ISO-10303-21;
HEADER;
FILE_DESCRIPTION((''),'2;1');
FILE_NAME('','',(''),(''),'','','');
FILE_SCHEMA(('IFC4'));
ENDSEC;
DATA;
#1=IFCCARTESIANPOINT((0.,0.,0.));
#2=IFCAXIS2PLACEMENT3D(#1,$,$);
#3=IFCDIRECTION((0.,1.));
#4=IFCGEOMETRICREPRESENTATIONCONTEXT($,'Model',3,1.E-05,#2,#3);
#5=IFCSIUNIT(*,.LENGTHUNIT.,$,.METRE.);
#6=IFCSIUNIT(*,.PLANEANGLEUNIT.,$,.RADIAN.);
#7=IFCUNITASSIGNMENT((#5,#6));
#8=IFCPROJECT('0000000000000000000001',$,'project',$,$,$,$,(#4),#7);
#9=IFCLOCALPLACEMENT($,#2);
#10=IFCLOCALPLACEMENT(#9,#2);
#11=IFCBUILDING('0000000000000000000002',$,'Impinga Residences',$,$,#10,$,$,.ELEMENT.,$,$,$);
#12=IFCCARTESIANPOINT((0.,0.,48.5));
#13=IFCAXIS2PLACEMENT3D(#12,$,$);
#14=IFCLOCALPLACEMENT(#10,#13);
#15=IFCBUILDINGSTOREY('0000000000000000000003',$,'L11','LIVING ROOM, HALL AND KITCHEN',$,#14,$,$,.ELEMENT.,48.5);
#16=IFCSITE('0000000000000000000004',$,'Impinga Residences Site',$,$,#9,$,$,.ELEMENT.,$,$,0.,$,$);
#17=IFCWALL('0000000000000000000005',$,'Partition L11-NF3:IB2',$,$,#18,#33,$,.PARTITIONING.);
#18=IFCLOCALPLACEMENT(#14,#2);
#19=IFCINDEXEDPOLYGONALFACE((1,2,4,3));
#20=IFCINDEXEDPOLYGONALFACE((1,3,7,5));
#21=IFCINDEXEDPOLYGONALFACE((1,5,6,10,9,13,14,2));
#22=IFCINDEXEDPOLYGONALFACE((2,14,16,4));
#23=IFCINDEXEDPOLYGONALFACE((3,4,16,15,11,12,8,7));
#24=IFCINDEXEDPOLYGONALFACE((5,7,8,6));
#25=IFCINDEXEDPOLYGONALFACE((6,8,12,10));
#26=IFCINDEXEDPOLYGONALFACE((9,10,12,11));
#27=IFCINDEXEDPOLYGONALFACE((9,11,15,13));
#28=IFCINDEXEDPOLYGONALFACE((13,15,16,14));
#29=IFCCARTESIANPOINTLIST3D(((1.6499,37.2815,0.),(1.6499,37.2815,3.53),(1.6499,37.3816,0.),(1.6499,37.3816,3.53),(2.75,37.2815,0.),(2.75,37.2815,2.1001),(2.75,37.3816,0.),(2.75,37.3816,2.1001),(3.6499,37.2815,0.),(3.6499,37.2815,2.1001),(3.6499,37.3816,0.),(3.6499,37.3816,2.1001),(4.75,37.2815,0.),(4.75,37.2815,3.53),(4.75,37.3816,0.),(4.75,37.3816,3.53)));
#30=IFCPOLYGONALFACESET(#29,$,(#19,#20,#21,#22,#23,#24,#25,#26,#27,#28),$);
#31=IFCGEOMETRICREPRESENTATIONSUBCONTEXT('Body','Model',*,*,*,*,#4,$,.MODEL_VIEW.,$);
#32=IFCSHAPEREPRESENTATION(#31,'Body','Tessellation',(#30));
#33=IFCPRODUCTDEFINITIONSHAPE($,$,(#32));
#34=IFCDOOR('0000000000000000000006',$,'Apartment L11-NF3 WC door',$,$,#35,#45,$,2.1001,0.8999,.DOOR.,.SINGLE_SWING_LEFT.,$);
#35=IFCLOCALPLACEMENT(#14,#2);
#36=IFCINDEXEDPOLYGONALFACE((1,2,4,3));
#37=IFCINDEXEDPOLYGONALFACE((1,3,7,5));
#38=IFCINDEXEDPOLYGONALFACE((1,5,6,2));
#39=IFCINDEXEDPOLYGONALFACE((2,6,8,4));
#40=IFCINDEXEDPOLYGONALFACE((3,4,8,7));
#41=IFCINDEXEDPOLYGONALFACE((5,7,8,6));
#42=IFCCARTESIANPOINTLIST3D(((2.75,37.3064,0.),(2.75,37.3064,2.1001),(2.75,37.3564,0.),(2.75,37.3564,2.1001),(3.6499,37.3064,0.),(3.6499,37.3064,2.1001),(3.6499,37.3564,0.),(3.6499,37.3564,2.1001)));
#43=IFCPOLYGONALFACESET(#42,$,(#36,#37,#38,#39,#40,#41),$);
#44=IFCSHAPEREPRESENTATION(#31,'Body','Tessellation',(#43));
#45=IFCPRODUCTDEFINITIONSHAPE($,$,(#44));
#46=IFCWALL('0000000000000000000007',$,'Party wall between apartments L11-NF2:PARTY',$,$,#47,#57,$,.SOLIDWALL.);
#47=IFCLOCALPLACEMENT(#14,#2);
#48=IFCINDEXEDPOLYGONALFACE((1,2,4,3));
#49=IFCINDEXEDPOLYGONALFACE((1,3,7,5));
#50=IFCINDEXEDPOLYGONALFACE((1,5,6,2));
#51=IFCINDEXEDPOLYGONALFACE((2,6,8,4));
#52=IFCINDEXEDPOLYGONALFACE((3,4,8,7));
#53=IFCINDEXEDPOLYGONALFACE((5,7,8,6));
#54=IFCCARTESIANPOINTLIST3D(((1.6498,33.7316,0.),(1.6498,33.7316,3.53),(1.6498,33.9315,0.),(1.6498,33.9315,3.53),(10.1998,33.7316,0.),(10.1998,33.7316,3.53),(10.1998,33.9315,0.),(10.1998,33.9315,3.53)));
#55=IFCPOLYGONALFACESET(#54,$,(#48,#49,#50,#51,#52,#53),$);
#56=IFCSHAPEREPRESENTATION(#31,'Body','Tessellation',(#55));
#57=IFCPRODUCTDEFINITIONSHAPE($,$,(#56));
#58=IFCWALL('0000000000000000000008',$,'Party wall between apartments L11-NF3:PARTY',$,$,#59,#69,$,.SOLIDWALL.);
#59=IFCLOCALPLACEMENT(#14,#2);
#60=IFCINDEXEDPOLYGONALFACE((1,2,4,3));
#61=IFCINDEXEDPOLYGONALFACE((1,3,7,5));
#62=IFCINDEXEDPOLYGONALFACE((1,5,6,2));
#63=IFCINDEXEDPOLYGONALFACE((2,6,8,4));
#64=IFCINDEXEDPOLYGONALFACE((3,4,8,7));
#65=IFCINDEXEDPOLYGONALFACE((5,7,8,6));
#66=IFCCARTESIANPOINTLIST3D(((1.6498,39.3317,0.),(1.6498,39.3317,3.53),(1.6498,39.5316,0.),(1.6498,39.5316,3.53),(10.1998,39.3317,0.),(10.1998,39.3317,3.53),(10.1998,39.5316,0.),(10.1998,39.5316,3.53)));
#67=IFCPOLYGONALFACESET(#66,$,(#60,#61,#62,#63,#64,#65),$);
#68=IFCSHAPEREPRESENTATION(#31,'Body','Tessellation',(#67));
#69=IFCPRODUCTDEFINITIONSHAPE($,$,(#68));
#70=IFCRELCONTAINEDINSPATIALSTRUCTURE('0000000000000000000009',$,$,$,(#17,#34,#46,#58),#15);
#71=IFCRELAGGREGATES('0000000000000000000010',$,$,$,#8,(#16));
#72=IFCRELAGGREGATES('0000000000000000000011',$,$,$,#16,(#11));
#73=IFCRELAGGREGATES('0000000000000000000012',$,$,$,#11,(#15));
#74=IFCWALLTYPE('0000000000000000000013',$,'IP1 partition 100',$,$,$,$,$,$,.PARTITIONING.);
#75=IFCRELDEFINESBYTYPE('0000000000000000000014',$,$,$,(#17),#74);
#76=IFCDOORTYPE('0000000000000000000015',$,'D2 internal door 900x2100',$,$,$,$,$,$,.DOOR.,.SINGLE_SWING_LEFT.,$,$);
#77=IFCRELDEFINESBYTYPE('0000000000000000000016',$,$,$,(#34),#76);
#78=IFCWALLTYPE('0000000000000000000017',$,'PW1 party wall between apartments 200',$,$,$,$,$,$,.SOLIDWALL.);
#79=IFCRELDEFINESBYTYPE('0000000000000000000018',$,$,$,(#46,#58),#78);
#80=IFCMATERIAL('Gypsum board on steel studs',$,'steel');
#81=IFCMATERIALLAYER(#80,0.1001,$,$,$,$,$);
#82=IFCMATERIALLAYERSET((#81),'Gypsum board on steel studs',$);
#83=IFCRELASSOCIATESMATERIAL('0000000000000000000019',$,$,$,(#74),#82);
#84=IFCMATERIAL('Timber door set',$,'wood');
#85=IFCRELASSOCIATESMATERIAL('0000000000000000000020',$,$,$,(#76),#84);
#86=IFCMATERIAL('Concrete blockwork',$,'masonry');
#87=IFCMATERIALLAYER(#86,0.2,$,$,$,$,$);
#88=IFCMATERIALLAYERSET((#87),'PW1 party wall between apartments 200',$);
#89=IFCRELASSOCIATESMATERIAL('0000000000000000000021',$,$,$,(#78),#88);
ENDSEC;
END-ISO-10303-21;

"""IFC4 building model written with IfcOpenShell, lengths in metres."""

from ifc_helpers import new_model, si_unit, direction, frame, frame_2d, origin, place, context, subcontext, project, spatial, rectangle, extrude, material, layer, layer_set, type_object, element, fill, save


model = new_model("IFC4")

# Units and contexts
model_context = context("Model", 3, precision=1e-05, world=origin(), true_north=direction((0.0, 1.0)))
body_context = subcontext(model_context, "Body", "Model", "MODEL_VIEW")
ifc_project = project(units=[si_unit("LENGTHUNIT", "METRE"), si_unit("PLANEANGLEUNIT", "RADIAN")], contexts=[model_context])

# Site, building, storey
site_placement = place(None, origin())
site = spatial("IfcSite", under=ifc_project, at=site_placement, Name="Impinga Residences Site", CompositionType="ELEMENT", RefElevation=0.0)
building_placement = place(site_placement, origin())
building = spatial("IfcBuilding", under=site, at=building_placement, Name="Impinga Residences", CompositionType="ELEMENT")
storey_placement = place(building_placement, frame((0.0, 0.0, 48.5)))
storey = spatial("IfcBuildingStorey", under=building, at=storey_placement, Name="L11", Description="LIVING ROOM, HALL AND KITCHEN", CompositionType="ELEMENT", Elevation=48.5)

# Shared definitions
ifc_material_1 = material(Name="Gypsum board on steel studs", Category="steel")
ifc_layer_1 = layer(ifc_material_1, 0.1001)
ifc_layer_set_1 = layer_set([ifc_layer_1], Name="Gypsum board on steel studs")
wall_type_1 = type_object("IfcWallType", Name="IP1 partition 100", PredefinedType="PARTITIONING", material=ifc_layer_set_1)

# Shared definitions
ifc_material_2 = material(Name="Timber door set", Category="wood")
door_type = type_object("IfcDoorType", Name="D2 internal door 900x2100", OperationType="SINGLE_SWING_LEFT", PredefinedType="DOOR", material=ifc_material_2)

# Wall, opening, door
wall_1_placement = place(storey_placement, frame((1.6499, 37.3315, 0.0), z_axis=(0.0, 0.0, 1.0), x_axis=(1.0, 0.0, 0.0)))
wall_1 = element("IfcWall", 1, at=wall_1_placement, inside=storey, type_object=wall_type_1, Name="Partition L11-NF3:IB2", PredefinedType="PARTITIONING", context=body_context, shape_type="SweptSolid", body=[
    extrude(rectangle(XDim=3.1001, YDim=0.1001, at=frame_2d((1.55, 0.0))), origin(), (0.0, 0.0, 1.0), 3.53),
])
opening_1_placement = place(wall_1_placement, frame((1.1001, 0.0, 0.0)))
opening_1 = element("IfcOpeningElement", 2, at=opening_1_placement, cuts=wall_1, PredefinedType="OPENING", context=body_context, shape_type="SweptSolid", body=[
    extrude(rectangle(XDim=0.8999, YDim=2.1001, at=frame_2d((0.45, 1.05))), frame((0.0, 0.0601, 0.0), z_axis=(0.0, -1.0, 0.0), x_axis=(1.0, 0.0, 0.0)), (0.0, 0.0, 1.0), 0.1201),
])
door_1_placement = place(opening_1_placement, origin())
door_1 = element("IfcDoor", 3, at=door_1_placement, inside=storey, type_object=door_type, Name="Apartment L11-NF3 WC door", OperationType="SINGLE_SWING_LEFT", OverallHeight=2.1001, OverallWidth=0.8999, PredefinedType="DOOR", context=body_context, shape_type="SweptSolid", body=[
    extrude(rectangle(XDim=0.8999, YDim=2.1001, at=frame_2d((0.45, 1.05))), frame((0.0, 0.0249, 0.0), z_axis=(0.0, -1.0, 0.0), x_axis=(1.0, 0.0, 0.0)), (0.0, 0.0, 1.0), 0.05),
])
fill(opening_1, door_1)

# Walls
ifc_material_3 = material(Name="Concrete blockwork", Category="masonry")
ifc_layer_2 = layer(ifc_material_3, 0.2)
ifc_layer_set_2 = layer_set([ifc_layer_2], Name="PW1 party wall between apartments 200")
wall_type_2 = type_object("IfcWallType", Name="PW1 party wall between apartments 200", PredefinedType="SOLIDWALL", material=ifc_layer_set_2)
for number, where, z_axis, x_axis, name in (
    (4, (1.6499, 33.8315, 0.0), (0.0, 0.0, 1.0), (1.0, 0.0, 0.0), "Party wall between apartments L11-NF2:PARTY"),
    (5, (1.6499, 39.4316, 0.0), (0.0, 0.0, 1.0), (1.0, 0.0, 0.0), "Party wall between apartments L11-NF3:PARTY"),
):
    element("IfcWall", number, at=place(storey_placement, frame(where, z_axis=z_axis, x_axis=x_axis)), inside=storey, type_object=wall_type_2, Name=name, PredefinedType="SOLIDWALL", context=body_context, shape_type="SweptSolid", body=[
        extrude(rectangle(XDim=8.55, YDim=0.2, at=frame_2d((4.2749, 0.0))), origin(), (0.0, 0.0, 1.0), 3.53),
    ])

save(model, "model.ifc")
